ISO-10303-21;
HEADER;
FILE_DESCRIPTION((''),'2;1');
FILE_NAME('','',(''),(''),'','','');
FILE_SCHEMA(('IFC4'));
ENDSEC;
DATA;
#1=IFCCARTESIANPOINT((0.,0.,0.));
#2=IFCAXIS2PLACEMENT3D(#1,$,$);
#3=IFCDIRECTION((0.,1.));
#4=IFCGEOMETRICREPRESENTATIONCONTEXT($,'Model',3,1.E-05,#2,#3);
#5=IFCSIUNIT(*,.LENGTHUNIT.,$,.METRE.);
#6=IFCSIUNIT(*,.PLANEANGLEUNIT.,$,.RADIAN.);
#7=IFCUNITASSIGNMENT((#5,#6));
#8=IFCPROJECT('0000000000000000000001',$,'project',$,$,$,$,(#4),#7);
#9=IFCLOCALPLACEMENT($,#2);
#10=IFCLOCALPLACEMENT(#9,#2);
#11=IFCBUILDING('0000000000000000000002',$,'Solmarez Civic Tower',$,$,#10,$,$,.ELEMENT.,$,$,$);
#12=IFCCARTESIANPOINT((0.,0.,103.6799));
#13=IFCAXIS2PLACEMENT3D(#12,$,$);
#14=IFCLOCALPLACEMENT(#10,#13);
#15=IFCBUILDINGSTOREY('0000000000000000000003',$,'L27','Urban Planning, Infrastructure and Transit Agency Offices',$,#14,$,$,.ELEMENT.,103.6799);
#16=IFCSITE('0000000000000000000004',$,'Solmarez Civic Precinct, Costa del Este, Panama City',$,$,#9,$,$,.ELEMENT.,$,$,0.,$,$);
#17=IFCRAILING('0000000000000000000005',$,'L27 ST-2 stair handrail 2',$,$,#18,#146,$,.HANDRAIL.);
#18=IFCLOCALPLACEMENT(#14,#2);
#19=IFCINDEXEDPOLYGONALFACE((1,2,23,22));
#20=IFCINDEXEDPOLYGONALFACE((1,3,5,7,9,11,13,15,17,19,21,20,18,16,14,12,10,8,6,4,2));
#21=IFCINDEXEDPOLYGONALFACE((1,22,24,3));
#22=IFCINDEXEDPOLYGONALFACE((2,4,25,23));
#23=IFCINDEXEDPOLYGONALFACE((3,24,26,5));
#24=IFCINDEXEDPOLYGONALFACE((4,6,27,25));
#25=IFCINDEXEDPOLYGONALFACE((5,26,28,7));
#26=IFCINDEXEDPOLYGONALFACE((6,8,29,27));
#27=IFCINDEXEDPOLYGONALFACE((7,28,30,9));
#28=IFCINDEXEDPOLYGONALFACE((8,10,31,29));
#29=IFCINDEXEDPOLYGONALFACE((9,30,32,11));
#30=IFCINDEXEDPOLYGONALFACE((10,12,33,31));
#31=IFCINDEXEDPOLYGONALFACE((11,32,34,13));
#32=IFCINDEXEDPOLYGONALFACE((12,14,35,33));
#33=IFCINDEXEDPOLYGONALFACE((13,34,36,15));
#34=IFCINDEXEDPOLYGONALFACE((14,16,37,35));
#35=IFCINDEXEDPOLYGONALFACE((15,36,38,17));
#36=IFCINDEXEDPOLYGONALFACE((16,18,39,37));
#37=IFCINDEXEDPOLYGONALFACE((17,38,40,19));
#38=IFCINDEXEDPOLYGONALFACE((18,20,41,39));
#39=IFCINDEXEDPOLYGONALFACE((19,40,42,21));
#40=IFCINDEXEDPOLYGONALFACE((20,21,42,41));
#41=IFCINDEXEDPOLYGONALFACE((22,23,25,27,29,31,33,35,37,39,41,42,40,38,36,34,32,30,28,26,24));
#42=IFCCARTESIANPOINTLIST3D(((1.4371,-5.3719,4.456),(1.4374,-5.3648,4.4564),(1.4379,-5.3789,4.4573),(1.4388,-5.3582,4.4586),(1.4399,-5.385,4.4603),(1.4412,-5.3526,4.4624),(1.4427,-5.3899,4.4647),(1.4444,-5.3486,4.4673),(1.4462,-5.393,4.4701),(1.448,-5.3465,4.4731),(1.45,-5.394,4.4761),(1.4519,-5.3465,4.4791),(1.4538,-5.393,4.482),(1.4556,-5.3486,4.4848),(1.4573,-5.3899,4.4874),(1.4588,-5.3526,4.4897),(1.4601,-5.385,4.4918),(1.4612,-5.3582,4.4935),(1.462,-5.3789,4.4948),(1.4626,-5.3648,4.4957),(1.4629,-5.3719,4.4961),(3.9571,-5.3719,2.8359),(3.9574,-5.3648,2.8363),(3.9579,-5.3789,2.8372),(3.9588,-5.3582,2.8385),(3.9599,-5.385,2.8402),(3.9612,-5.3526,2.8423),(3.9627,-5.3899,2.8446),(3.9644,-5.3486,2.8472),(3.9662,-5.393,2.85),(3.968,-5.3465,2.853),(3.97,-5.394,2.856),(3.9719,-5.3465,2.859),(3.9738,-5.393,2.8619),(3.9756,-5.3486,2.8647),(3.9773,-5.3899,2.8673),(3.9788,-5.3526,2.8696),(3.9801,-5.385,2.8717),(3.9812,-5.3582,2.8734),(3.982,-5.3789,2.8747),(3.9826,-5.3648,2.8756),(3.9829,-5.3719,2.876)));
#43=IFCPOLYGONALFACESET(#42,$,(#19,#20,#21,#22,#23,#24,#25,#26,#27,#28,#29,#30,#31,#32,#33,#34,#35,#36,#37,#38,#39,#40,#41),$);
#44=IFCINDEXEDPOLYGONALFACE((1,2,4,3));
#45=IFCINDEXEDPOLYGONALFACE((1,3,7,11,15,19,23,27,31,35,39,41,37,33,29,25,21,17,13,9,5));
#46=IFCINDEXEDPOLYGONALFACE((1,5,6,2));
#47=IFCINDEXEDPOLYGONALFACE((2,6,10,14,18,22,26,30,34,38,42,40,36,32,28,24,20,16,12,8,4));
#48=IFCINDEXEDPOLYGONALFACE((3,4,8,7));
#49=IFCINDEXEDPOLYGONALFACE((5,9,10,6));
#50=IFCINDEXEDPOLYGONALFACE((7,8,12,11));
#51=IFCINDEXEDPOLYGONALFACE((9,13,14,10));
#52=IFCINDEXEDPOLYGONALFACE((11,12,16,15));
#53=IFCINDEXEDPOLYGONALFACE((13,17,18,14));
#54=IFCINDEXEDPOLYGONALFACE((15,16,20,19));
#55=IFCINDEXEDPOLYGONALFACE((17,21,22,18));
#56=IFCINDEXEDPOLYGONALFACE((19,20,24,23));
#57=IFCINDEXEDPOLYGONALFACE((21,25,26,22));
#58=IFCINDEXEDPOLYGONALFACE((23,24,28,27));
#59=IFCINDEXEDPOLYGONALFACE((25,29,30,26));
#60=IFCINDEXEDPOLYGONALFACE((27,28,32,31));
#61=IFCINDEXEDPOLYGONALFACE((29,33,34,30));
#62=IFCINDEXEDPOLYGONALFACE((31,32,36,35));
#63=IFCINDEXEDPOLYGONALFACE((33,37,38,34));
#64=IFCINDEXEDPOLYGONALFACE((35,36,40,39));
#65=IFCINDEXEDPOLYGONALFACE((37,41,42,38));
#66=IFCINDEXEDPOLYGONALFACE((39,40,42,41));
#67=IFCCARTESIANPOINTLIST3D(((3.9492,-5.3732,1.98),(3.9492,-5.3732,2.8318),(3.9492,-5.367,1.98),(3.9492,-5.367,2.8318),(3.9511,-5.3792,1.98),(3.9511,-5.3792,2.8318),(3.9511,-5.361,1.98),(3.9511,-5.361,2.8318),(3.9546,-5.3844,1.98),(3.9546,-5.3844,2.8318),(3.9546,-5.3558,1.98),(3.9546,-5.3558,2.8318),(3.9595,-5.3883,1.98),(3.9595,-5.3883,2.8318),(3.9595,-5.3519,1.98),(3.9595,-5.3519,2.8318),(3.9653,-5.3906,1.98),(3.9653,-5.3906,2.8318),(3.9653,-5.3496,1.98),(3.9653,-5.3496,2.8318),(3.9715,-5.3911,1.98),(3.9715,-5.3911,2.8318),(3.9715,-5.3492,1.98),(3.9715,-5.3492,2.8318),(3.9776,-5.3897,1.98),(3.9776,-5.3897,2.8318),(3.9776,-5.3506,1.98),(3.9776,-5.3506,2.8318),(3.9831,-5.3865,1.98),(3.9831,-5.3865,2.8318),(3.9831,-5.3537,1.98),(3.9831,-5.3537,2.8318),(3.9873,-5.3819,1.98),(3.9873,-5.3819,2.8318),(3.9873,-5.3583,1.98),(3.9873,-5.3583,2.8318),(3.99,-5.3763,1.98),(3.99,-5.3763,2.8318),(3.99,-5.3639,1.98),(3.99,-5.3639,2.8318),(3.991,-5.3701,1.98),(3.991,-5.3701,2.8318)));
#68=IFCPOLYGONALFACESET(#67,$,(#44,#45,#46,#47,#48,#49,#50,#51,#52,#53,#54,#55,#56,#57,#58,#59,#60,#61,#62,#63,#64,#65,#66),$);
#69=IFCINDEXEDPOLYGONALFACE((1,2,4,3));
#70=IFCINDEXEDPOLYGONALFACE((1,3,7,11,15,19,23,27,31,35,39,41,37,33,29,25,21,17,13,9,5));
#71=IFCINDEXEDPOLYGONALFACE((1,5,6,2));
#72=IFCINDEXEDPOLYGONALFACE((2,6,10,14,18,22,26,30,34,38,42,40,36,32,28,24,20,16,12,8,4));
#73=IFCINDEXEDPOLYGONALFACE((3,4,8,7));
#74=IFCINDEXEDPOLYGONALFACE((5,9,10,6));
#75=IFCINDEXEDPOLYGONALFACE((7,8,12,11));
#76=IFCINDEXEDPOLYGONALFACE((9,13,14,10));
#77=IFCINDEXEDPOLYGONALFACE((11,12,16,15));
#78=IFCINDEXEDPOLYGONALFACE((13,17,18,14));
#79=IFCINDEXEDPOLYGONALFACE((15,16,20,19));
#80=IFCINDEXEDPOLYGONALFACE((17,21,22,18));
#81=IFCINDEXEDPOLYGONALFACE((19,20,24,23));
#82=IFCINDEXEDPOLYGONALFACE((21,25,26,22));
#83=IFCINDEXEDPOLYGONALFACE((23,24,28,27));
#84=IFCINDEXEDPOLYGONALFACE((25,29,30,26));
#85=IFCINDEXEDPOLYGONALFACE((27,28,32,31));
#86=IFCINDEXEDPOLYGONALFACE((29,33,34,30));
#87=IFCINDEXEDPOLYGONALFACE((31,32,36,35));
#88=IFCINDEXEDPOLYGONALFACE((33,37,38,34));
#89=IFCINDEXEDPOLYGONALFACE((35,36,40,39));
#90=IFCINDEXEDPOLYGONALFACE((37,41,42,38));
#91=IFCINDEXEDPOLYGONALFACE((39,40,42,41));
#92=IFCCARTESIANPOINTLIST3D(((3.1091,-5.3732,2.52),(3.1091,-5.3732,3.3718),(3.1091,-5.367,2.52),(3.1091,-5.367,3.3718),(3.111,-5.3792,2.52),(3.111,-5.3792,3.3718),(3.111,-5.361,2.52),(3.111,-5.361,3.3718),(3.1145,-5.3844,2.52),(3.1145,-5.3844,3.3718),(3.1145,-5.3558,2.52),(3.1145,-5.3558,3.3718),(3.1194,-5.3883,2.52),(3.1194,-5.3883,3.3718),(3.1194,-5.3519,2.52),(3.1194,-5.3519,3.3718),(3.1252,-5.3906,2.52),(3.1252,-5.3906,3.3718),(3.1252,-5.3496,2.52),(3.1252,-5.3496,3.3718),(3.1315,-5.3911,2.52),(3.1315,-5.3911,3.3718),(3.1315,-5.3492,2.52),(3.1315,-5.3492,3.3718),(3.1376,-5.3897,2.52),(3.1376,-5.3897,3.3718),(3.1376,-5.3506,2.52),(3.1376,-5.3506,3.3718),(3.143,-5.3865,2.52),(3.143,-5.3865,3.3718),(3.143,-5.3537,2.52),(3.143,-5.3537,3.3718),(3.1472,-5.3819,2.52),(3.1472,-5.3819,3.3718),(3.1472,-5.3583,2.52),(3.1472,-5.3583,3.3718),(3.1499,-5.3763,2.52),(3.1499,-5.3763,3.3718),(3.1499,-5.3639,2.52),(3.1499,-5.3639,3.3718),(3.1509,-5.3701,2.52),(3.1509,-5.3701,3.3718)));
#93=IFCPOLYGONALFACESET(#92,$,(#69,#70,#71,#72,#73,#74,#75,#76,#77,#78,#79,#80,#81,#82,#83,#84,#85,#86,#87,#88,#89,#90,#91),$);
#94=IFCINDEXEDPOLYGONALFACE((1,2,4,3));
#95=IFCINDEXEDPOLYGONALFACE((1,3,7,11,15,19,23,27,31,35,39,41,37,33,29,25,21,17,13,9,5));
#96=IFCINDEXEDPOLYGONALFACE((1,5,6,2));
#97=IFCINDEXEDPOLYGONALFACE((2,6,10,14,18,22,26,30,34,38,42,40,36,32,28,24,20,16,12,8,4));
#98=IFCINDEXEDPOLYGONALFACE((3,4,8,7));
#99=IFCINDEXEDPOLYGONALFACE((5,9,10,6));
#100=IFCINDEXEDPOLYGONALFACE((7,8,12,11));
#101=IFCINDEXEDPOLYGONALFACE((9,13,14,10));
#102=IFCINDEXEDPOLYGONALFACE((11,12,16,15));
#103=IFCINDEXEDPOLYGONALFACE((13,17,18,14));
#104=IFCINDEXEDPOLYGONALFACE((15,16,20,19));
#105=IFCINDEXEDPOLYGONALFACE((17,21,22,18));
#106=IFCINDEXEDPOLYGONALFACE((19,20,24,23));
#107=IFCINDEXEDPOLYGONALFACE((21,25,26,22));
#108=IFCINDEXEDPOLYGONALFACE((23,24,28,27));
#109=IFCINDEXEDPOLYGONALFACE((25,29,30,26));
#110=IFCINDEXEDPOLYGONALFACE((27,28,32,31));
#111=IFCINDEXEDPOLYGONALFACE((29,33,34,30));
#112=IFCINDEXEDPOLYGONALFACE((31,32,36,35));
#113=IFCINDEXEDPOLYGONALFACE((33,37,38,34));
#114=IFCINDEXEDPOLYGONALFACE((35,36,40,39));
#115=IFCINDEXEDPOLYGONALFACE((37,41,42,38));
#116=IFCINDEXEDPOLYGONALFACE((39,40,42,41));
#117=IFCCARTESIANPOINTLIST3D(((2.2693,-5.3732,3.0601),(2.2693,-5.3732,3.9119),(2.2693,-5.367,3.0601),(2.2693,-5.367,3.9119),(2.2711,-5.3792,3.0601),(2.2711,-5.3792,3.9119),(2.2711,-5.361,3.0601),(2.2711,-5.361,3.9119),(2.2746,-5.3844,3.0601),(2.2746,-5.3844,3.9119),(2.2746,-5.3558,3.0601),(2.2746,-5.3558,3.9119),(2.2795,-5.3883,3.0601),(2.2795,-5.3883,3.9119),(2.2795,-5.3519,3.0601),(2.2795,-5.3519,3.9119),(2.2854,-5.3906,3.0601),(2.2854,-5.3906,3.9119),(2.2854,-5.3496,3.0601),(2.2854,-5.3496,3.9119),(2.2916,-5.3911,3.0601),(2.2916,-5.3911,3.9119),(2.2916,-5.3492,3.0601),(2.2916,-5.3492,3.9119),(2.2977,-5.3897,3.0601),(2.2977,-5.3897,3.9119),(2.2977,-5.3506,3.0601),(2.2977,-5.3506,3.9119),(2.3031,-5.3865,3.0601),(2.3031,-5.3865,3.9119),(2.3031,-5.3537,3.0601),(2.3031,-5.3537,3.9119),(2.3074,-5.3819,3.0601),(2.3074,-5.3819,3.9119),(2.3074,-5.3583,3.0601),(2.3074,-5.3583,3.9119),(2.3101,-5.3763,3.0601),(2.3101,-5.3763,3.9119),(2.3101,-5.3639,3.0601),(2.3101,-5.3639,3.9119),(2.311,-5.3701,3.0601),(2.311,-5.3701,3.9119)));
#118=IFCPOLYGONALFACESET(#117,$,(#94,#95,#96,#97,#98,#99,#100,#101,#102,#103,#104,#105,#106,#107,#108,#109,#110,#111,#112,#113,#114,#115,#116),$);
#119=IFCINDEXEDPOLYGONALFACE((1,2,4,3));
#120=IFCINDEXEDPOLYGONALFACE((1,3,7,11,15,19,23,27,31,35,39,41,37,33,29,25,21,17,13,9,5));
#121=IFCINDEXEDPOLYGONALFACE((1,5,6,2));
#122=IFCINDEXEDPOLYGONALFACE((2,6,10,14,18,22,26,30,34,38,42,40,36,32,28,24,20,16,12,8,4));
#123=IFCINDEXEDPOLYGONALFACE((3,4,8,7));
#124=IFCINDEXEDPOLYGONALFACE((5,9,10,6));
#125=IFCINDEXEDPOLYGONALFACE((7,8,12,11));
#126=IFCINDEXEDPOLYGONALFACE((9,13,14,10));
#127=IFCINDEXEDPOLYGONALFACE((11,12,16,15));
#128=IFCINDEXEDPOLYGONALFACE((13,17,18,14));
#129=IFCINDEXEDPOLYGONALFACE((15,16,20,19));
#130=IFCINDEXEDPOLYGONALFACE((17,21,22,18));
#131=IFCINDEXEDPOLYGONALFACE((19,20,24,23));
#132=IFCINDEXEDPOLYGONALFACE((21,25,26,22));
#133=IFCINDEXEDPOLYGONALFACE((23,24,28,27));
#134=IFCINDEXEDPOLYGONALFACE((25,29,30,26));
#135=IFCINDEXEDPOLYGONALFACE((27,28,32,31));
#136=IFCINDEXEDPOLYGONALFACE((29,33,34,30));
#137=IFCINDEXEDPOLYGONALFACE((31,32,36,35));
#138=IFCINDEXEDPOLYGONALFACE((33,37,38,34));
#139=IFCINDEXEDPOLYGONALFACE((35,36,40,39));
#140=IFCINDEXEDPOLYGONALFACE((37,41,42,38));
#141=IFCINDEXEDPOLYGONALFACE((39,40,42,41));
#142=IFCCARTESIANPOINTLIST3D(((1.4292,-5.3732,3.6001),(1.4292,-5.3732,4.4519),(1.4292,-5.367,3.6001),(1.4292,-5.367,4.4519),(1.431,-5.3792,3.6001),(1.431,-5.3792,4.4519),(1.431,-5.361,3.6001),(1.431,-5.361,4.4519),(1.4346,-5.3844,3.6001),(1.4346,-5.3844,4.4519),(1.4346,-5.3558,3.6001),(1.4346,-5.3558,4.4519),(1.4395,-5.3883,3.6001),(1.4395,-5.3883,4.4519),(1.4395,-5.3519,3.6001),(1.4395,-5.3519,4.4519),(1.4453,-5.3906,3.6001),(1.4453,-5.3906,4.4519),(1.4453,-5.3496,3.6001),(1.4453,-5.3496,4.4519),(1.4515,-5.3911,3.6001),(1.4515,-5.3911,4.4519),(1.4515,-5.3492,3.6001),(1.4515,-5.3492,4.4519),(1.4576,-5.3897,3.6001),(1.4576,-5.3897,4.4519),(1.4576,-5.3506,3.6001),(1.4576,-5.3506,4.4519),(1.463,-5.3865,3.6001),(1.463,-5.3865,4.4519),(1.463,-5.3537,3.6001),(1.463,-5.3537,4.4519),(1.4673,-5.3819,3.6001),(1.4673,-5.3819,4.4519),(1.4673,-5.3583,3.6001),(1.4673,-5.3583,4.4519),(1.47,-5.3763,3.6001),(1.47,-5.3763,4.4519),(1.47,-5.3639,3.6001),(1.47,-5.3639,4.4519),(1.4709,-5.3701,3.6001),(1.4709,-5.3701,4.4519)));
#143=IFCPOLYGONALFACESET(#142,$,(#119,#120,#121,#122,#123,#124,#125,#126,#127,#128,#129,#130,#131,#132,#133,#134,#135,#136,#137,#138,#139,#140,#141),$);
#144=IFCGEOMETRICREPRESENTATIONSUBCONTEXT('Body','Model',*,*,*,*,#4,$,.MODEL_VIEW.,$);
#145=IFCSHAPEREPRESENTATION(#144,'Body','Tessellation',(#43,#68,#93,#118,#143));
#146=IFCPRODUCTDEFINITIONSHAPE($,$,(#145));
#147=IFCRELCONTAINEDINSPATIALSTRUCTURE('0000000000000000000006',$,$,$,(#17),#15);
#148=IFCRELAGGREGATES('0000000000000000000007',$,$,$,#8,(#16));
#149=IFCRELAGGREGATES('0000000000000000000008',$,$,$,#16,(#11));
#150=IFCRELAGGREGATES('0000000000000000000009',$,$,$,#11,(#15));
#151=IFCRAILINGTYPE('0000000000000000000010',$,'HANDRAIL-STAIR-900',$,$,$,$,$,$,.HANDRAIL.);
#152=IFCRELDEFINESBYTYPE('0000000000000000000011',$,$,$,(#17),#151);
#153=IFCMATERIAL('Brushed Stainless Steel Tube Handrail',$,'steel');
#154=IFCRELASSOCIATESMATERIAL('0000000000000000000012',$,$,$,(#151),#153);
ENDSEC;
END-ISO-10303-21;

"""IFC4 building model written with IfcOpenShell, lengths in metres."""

from ifc_helpers import new_model, si_unit, direction, frame, origin, origin_2d, place, context, subcontext, project, spatial, circle, extrude, material, type_object, element, save


model = new_model("IFC4")

# Units and contexts
model_context = context("Model", 3, precision=1e-05, world=origin(), true_north=direction((0.0, 1.0)))
body_context = subcontext(model_context, "Body", "Model", "MODEL_VIEW")
ifc_project = project(units=[si_unit("LENGTHUNIT", "METRE"), si_unit("PLANEANGLEUNIT", "RADIAN")], contexts=[model_context])

# Site, building, storey
site_placement = place(None, origin())
site = spatial("IfcSite", under=ifc_project, at=site_placement, Name="Solmarez Civic Precinct, Costa del Este, Panama City", CompositionType="ELEMENT", RefElevation=0.0)
building_placement = place(site_placement, origin())
building = spatial("IfcBuilding", under=site, at=building_placement, Name="Solmarez Civic Tower", CompositionType="ELEMENT")
storey_placement = place(building_placement, frame((0.0, 0.0, 103.6799)))
storey = spatial("IfcBuildingStorey", under=building, at=storey_placement, Name="L27", Description="Urban Planning, Infrastructure and Transit Agency Offices", CompositionType="ELEMENT", Elevation=103.6799)

# Railing
ifc_material_1 = material(Name="Brushed Stainless Steel Tube Handrail", Category="steel")
railing_type_1 = type_object("IfcRailingType", Name="HANDRAIL-STAIR-900", PredefinedType="HANDRAIL", material=ifc_material_1)
railing_1_placement = place(storey_placement, frame((3.97, -5.3701, 1.98)))
element("IfcRailing", 1, at=railing_1_placement, inside=storey, type_object=railing_type_1, Name="L27 ST-2 stair handrail 2", PredefinedType="HANDRAIL", context=body_context, shape_type="SweptSolid", body=[
    extrude(circle(Radius=0.0239, at=origin_2d()), frame((0.0, 0.0, 0.876), z_axis=(-0.841163, 0.0, 0.540782), x_axis=(0.0, -1.0, 0.0)), (0.0, 0.0, 1.0), 2.9958),
    extrude(circle(Radius=0.021, at=origin_2d()), origin(), (0.0, 0.0, 1.0), 0.8518),
    extrude(circle(Radius=0.021, at=origin_2d()), frame((-0.8401, 0.0, 0.54)), (0.0, 0.0, 1.0), 0.8518),
    extrude(circle(Radius=0.021, at=origin_2d()), frame((-1.6799, 0.0, 1.0801)), (0.0, 0.0, 1.0), 0.8518),
    extrude(circle(Radius=0.021, at=origin_2d()), frame((-2.52, 0.0, 1.6201)), (0.0, 0.0, 1.0), 0.8518),
])

save(model, "model.ifc")
